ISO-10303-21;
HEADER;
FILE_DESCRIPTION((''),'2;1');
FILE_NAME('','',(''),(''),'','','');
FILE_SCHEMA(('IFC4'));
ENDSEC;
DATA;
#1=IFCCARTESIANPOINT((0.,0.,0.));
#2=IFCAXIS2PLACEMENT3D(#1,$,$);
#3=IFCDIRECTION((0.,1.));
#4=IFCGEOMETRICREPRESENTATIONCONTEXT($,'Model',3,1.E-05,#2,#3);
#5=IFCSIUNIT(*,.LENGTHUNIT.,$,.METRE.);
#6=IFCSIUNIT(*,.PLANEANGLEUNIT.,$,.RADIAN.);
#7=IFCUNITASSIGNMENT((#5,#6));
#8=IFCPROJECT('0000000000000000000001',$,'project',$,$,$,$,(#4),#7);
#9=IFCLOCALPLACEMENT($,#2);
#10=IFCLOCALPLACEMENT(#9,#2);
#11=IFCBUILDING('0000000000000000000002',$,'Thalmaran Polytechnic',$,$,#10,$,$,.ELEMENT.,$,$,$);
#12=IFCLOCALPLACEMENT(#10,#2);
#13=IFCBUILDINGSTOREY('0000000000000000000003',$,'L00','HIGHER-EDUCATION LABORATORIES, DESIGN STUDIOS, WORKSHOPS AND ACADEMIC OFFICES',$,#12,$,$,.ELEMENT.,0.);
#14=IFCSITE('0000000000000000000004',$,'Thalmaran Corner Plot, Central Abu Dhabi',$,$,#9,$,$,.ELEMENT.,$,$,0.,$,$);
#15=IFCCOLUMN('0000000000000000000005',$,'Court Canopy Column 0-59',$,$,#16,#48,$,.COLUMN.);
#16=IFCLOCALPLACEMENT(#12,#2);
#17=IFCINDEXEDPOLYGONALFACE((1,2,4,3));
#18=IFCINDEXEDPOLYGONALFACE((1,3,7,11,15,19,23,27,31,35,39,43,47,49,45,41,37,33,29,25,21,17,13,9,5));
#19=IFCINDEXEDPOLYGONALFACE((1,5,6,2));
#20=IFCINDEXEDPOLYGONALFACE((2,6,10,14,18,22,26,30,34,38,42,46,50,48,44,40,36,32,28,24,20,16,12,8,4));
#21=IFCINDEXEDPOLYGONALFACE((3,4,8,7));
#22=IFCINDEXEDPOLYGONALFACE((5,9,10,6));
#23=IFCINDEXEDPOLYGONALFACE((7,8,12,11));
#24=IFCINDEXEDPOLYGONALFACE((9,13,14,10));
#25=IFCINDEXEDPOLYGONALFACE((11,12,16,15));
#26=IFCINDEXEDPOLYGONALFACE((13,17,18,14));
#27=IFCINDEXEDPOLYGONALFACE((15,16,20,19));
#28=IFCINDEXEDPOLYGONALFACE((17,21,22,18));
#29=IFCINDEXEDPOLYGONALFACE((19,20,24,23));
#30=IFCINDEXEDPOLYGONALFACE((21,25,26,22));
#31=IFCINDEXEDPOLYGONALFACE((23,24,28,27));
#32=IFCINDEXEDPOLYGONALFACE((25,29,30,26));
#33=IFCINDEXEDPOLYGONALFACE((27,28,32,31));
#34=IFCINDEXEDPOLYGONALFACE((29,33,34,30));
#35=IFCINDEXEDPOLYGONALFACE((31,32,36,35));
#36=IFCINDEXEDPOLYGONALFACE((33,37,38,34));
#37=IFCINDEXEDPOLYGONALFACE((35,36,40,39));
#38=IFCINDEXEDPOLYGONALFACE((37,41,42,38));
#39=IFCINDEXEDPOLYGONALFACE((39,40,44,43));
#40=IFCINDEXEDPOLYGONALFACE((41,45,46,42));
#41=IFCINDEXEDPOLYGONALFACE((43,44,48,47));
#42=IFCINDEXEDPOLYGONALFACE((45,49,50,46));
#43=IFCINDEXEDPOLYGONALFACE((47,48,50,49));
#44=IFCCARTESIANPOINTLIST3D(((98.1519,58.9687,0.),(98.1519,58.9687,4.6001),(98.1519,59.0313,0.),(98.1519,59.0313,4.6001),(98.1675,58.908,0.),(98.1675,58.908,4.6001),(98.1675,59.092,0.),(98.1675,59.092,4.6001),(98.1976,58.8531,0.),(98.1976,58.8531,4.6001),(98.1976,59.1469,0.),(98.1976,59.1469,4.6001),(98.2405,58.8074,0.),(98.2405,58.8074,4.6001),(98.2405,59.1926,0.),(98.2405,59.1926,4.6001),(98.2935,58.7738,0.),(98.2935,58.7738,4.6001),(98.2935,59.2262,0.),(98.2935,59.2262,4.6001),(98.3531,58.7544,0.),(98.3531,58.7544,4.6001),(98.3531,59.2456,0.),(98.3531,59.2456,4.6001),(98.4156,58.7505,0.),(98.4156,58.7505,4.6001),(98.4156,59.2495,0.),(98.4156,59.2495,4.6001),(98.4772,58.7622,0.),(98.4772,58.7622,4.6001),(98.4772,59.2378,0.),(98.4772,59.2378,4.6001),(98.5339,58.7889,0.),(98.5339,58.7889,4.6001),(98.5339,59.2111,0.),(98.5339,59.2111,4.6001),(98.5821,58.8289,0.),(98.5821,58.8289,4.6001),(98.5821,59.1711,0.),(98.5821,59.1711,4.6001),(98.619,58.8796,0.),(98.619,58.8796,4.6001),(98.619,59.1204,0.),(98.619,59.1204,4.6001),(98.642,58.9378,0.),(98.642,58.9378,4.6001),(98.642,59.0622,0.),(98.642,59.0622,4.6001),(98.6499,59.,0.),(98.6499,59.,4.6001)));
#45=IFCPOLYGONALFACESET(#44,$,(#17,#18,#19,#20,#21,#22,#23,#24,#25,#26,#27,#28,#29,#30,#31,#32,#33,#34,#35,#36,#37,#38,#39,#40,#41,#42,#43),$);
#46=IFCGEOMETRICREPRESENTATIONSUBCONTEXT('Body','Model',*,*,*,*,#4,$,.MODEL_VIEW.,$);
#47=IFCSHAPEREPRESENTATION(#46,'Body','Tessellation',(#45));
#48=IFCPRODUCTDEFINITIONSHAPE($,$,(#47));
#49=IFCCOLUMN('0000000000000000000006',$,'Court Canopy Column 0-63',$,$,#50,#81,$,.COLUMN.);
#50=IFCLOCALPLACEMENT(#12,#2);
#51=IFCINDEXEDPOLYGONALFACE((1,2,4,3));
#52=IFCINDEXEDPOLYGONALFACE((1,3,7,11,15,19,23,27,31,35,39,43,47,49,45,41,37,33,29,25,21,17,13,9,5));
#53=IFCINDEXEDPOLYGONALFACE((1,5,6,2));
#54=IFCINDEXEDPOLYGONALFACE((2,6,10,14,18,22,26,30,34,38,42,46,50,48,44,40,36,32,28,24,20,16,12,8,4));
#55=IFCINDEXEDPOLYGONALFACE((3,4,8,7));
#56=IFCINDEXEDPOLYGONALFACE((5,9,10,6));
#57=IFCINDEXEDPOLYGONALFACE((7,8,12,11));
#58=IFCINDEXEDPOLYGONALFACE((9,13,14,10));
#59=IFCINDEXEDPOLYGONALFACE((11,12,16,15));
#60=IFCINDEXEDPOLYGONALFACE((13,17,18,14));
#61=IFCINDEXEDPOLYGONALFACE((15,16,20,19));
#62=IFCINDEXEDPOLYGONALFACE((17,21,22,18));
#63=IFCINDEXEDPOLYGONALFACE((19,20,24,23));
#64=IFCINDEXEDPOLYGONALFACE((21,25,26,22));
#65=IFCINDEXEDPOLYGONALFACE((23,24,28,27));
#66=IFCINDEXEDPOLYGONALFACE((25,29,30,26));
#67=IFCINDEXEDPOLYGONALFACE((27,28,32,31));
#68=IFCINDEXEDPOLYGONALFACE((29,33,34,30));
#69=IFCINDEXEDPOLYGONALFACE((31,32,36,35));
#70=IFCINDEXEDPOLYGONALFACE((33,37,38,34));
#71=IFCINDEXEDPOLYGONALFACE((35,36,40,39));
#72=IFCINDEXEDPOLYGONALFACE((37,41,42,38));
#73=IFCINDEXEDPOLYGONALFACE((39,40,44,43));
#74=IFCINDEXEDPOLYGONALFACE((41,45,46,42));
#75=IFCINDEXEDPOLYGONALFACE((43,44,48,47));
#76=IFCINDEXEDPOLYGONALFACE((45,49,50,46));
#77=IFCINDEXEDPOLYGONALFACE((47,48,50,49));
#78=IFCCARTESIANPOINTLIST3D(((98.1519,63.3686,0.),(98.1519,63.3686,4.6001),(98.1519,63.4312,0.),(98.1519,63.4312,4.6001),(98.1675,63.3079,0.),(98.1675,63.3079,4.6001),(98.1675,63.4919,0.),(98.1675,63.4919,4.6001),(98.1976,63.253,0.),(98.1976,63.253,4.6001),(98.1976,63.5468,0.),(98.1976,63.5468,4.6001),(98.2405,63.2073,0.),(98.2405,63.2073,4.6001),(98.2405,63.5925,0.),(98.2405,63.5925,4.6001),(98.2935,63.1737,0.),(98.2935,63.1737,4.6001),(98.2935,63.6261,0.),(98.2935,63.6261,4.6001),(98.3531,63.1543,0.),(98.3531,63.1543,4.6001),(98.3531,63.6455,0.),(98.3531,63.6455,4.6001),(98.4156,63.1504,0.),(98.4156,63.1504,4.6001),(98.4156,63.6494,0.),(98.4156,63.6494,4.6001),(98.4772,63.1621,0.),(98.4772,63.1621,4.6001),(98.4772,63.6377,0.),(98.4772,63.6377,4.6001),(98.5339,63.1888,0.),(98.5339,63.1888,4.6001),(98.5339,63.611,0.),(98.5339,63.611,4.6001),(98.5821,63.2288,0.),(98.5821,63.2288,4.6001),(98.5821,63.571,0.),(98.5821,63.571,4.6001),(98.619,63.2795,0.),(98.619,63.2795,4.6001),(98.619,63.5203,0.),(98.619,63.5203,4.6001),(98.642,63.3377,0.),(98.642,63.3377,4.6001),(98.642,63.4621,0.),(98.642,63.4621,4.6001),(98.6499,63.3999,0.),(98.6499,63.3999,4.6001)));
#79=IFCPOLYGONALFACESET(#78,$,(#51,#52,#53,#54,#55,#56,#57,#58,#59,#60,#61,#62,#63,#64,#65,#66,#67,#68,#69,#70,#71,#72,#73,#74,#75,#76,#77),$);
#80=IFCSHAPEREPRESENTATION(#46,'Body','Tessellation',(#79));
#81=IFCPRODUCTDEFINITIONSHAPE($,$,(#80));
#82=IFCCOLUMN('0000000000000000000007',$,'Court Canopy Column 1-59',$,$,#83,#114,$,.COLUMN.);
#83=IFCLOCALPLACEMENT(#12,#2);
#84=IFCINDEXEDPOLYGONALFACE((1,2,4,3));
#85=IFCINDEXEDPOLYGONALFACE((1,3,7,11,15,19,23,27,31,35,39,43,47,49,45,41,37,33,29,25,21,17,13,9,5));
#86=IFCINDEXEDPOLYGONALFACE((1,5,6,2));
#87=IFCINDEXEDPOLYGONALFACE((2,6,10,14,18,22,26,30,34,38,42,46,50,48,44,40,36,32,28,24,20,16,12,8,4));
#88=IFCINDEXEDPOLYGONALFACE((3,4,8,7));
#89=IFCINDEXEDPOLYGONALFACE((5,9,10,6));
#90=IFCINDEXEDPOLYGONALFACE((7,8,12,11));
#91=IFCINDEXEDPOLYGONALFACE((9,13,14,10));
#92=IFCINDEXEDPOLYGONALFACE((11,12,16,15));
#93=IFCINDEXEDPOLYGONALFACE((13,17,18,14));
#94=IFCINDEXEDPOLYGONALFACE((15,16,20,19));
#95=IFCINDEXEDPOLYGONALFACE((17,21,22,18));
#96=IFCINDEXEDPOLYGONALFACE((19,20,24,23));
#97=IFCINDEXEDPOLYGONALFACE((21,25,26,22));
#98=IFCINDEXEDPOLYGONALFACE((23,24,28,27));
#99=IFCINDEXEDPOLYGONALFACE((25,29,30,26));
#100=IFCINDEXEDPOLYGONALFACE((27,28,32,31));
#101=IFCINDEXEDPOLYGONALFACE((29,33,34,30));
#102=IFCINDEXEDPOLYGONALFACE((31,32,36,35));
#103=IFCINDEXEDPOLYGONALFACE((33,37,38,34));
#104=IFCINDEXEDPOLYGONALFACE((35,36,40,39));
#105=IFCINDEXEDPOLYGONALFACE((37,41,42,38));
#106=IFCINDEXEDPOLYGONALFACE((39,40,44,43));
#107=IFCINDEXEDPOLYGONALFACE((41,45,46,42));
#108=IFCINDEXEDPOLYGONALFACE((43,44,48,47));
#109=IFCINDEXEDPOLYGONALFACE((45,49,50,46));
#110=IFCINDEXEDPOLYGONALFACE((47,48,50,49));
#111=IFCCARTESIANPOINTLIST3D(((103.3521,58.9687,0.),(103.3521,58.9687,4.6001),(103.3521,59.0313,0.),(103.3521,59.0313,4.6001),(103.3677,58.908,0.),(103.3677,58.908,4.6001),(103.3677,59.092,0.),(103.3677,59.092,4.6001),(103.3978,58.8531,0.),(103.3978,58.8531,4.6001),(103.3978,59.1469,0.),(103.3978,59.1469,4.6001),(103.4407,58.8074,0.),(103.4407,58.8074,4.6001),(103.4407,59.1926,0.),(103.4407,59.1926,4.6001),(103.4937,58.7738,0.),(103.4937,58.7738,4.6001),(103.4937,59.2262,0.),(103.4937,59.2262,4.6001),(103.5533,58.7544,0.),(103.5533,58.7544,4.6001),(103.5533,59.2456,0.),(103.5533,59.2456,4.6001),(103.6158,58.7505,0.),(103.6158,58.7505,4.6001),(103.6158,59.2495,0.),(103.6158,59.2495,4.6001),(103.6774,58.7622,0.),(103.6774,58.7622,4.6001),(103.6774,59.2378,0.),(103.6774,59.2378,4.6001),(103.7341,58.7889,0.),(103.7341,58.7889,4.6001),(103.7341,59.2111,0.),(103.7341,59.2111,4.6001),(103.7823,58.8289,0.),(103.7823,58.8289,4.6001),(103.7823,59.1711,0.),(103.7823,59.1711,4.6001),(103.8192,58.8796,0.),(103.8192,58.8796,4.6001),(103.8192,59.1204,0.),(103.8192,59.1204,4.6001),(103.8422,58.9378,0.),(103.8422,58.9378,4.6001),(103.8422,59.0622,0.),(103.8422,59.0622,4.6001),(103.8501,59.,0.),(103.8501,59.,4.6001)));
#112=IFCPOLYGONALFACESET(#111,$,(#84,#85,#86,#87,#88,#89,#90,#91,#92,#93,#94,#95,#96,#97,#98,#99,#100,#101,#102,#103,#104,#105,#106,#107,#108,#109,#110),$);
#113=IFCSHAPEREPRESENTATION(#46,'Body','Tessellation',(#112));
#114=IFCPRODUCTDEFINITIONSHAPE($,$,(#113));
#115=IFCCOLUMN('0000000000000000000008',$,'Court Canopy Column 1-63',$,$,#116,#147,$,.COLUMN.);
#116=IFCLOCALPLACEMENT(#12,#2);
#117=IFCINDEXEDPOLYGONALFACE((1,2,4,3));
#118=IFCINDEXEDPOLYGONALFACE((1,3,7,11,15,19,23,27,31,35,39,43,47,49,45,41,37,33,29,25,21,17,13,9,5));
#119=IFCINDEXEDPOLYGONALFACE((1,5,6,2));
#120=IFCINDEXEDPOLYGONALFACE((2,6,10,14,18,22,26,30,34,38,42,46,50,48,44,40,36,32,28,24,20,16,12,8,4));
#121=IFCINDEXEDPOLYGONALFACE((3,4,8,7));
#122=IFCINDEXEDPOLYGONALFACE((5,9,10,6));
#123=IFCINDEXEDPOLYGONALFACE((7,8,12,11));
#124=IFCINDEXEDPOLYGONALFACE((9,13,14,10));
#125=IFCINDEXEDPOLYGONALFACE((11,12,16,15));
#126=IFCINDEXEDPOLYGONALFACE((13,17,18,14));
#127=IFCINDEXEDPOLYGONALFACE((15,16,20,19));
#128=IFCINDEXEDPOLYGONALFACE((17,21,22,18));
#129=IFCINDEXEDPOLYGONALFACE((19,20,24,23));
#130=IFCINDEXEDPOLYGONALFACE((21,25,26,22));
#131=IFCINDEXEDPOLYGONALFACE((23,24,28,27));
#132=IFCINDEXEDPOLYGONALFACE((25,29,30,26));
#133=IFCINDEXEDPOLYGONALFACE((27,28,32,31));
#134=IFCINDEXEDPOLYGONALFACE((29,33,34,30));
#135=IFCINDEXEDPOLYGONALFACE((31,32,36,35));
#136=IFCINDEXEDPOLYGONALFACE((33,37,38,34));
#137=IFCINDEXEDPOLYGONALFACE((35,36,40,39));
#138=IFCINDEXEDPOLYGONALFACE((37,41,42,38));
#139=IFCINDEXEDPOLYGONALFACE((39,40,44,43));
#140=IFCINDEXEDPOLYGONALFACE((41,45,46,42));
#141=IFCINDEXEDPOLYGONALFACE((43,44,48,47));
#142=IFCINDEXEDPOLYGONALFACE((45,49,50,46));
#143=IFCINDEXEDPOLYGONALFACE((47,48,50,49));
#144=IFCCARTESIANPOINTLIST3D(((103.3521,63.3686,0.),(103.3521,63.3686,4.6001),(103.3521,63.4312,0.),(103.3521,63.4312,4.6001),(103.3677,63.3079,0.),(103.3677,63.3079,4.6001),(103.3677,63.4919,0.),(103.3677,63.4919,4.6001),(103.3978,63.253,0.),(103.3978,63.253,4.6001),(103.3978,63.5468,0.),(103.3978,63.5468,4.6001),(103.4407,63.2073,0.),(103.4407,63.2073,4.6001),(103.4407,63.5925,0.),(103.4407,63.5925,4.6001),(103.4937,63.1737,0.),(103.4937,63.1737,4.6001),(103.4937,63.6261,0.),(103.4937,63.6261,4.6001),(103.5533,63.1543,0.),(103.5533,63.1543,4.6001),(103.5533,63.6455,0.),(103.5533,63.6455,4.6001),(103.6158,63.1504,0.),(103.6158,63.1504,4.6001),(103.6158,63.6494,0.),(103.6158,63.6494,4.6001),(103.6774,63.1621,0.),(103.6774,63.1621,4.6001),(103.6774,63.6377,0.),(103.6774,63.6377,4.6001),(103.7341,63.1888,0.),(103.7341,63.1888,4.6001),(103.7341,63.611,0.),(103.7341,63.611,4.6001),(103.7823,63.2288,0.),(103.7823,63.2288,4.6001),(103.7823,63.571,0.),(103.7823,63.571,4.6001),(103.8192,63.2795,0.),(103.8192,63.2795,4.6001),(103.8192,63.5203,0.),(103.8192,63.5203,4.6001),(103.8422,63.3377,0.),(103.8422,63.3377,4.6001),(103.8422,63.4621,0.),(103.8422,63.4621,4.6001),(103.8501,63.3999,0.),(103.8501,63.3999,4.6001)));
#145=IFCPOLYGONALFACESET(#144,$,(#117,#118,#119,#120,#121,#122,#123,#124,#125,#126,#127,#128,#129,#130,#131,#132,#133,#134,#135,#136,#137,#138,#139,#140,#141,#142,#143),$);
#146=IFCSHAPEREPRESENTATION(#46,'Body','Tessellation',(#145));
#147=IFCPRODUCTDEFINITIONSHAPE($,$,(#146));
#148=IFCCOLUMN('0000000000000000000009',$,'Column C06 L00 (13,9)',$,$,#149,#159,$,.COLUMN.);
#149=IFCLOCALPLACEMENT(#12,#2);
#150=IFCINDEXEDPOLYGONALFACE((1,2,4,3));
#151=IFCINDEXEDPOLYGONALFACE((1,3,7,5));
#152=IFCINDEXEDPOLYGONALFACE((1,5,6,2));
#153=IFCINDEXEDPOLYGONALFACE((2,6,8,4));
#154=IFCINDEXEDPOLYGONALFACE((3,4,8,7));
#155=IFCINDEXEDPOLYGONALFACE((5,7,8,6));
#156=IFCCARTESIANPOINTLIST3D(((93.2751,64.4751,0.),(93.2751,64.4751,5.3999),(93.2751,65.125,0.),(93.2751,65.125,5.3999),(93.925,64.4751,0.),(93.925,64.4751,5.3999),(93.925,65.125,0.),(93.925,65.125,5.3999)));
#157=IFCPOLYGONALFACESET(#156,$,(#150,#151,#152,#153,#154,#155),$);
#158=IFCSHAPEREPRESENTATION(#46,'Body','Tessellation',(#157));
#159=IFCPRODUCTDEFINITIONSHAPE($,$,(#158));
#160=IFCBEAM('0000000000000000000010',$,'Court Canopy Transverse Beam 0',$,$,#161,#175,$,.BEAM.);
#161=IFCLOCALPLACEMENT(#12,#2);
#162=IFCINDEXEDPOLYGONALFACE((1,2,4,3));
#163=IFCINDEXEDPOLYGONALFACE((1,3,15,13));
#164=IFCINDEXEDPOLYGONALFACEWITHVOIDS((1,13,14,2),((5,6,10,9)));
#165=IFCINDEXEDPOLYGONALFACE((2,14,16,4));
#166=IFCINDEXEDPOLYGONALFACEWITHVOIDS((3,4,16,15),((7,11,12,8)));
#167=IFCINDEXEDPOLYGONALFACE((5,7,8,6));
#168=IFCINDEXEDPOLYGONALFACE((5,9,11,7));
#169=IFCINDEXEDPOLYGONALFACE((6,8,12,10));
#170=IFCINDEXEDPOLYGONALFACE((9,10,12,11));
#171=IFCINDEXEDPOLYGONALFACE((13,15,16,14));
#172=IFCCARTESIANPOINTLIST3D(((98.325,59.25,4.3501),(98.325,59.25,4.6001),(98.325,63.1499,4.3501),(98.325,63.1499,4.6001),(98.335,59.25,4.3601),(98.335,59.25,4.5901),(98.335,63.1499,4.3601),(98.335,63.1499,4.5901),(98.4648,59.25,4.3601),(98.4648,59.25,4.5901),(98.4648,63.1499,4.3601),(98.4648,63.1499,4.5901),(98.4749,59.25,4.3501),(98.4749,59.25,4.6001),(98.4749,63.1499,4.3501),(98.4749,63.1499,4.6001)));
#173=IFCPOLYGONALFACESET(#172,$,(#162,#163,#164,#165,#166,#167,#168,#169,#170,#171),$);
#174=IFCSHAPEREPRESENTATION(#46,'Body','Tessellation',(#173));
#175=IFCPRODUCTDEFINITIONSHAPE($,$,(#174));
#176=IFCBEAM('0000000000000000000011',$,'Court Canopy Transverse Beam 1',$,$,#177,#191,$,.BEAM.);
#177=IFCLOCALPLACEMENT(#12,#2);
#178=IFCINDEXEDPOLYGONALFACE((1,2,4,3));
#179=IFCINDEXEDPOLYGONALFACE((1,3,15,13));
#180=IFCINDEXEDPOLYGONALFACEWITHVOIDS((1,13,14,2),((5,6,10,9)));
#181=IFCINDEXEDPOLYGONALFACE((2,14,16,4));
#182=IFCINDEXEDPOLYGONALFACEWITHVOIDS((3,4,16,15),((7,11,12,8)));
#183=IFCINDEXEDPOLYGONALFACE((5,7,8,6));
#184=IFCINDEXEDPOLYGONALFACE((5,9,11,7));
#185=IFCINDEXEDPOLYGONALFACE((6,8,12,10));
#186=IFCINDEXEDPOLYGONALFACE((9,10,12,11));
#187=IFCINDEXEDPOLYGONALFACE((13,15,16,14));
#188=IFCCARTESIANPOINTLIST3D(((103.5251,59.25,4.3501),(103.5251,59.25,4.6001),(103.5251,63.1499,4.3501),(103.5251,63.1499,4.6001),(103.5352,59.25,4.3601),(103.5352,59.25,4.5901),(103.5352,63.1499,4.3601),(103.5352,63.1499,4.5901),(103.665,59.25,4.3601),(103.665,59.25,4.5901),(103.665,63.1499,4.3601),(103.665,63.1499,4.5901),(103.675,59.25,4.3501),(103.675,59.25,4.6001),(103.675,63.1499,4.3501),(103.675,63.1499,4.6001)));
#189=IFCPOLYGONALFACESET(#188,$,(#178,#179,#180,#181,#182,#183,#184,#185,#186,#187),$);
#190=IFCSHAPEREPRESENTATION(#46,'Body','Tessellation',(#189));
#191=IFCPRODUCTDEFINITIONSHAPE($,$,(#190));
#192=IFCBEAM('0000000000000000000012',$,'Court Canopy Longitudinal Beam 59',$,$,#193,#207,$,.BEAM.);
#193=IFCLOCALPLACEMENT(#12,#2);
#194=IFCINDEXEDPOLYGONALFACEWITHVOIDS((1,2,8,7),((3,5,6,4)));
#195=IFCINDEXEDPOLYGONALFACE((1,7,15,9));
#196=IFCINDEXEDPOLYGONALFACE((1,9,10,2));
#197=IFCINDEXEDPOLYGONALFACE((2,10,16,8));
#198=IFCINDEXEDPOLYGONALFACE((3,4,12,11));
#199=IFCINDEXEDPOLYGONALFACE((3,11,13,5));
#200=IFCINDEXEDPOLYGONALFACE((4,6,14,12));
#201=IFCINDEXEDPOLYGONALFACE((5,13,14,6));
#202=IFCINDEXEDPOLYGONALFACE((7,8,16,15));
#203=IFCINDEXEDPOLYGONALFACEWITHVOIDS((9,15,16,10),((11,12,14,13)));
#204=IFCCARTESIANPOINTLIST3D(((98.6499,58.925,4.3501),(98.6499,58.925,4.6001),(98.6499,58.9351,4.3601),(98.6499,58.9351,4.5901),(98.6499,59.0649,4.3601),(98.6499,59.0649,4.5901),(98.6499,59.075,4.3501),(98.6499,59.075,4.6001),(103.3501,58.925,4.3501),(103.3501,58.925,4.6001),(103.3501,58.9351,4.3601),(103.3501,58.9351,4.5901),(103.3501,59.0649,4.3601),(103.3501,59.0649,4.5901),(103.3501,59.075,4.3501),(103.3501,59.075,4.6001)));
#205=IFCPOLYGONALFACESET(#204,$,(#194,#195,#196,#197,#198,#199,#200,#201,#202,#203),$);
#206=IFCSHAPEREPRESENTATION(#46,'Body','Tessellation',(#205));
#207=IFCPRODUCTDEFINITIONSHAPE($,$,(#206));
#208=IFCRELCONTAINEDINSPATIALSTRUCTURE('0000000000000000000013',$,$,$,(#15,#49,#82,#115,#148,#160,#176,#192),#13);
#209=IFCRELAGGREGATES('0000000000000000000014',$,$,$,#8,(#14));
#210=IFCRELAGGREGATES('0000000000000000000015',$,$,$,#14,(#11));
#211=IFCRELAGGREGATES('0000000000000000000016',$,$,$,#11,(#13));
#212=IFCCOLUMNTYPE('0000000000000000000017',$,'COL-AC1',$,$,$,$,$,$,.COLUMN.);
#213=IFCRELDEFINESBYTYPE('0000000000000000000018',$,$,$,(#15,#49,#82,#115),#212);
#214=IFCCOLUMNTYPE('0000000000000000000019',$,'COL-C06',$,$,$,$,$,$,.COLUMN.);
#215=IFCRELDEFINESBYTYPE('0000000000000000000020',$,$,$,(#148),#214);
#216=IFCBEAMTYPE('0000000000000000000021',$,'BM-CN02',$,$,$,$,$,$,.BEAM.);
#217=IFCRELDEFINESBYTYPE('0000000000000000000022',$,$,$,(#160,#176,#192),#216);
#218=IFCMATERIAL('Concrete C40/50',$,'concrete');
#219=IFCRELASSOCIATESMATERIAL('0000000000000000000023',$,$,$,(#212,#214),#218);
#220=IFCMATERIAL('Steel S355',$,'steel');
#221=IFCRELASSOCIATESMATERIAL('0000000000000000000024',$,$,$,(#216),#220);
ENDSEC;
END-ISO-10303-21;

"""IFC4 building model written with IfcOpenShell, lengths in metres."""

from ifc_helpers import new_model, si_unit, direction, frame, origin, origin_2d, place, context, subcontext, project, spatial, rectangle, hollow_rectangle, circle, extrude, material, material_profile, profile_set, type_object, element, save


model = new_model("IFC4")

# Units and contexts
model_context = context("Model", 3, precision=1e-05, world=origin(), true_north=direction((0.0, 1.0)))
body_context = subcontext(model_context, "Body", "Model", "MODEL_VIEW")
ifc_project = project(units=[si_unit("LENGTHUNIT", "METRE"), si_unit("PLANEANGLEUNIT", "RADIAN")], contexts=[model_context])

# Site, building, storey
site_placement = place(None, origin())
site = spatial("IfcSite", under=ifc_project, at=site_placement, Name="Thalmaran Corner Plot, Central Abu Dhabi", CompositionType="ELEMENT", RefElevation=0.0)
building_placement = place(site_placement, origin())
building = spatial("IfcBuilding", under=site, at=building_placement, Name="Thalmaran Polytechnic", CompositionType="ELEMENT")
storey_placement = place(building_placement, origin())
storey = spatial("IfcBuildingStorey", under=building, at=storey_placement, Name="L00", Description="HIGHER-EDUCATION LABORATORIES, DESIGN STUDIOS, WORKSHOPS AND ACADEMIC OFFICES", CompositionType="ELEMENT", Elevation=0.0)

# Columns
ifc_material_1 = material(Name="Concrete C40/50", Category="concrete")
ifc_material_profile_1 = material_profile(ifc_material_1, circle(Radius=0.25, at=origin_2d()), Name="RC 500 DIA")
ifc_profile_set_1 = profile_set([ifc_material_profile_1], Name="Concrete C40/50")
column_type_1 = type_object("IfcColumnType", Name="COL-AC1", PredefinedType="COLUMN", material=ifc_profile_set_1)
for number, where, z_axis, x_axis, name in (
    (1, (98.3999, 59.0, 0.0), (0.0, 0.0, 1.0), (1.0, 0.0, 0.0), "Court Canopy Column 0-59"),
    (2, (98.3999, 63.3999, 0.0), (0.0, 0.0, 1.0), (1.0, 0.0, 0.0), "Court Canopy Column 0-63"),
    (3, (103.6001, 59.0, 0.0), (0.0, 0.0, 1.0), (1.0, 0.0, 0.0), "Court Canopy Column 1-59"),
    (4, (103.6001, 63.3999, 0.0), (0.0, 0.0, 1.0), (1.0, 0.0, 0.0), "Court Canopy Column 1-63"),
):
    element("IfcColumn", number, at=place(storey_placement, frame(where, z_axis=z_axis, x_axis=x_axis)), inside=storey, type_object=column_type_1, Name=name, PredefinedType="COLUMN", context=body_context, shape_type="SweptSolid", body=[
        extrude(circle(Radius=0.25, at=origin_2d()), origin(), (0.0, 0.0, 1.0), 4.6001),
    ])
ifc_material_profile_2 = material_profile(ifc_material_1, rectangle(XDim=0.6499, YDim=0.6499, at=origin_2d()), Name="RC 650x650")
ifc_profile_set_2 = profile_set([ifc_material_profile_2], Name="Concrete C40/50")
column_type_2 = type_object("IfcColumnType", Name="COL-C06", PredefinedType="COLUMN", material=ifc_profile_set_2)
column_placement = place(storey_placement, frame((93.6001, 64.8, 0.0), z_axis=(0.0, 0.0, 1.0), x_axis=(1.0, 0.0, 0.0)))
element("IfcColumn", 5, at=column_placement, inside=storey, type_object=column_type_2, Name="Column C06 L00 (13,9)", PredefinedType="COLUMN", context=body_context, shape_type="SweptSolid", body=[
    extrude(rectangle(XDim=0.6499, YDim=0.6499, at=origin_2d()), origin(), (0.0, 0.0, 1.0), 5.3999),
])

# Beams
ifc_material_2 = material(Name="Steel S355", Category="steel")
ifc_material_profile_3 = material_profile(ifc_material_2, hollow_rectangle(XDim=0.1499, YDim=0.25, WallThickness=0.01, at=origin_2d()), Name="RHS 250x150x10.0")
ifc_profile_set_3 = profile_set([ifc_material_profile_3], Name="Steel S355")
beam_type = type_object("IfcBeamType", Name="BM-CN02", PredefinedType="BEAM", material=ifc_profile_set_3)
for number, where, z_axis, x_axis, name in (
    (6, (98.3999, 59.25, 4.4751), (0.0, 1.0, 0.0), (-1.0, 0.0, 0.0), "Court Canopy Transverse Beam 0"),
    (7, (103.6001, 59.25, 4.4751), (0.0, 1.0, 0.0), (-1.0, 0.0, 0.0), "Court Canopy Transverse Beam 1"),
):
    element("IfcBeam", number, at=place(storey_placement, frame(where, z_axis=z_axis, x_axis=x_axis)), inside=storey, type_object=beam_type, Name=name, PredefinedType="BEAM", context=body_context, shape_type="SweptSolid", body=[
        extrude(hollow_rectangle(XDim=0.1499, YDim=0.25, WallThickness=0.01, at=origin_2d()), origin(), (0.0, 0.0, 1.0), 3.8999),
    ])
for number, where, z_axis, x_axis, name in (
    (8, (98.6499, 59.0, 4.4751), (1.0, 0.0, 0.0), (0.0, 1.0, 0.0), "Court Canopy Longitudinal Beam 59"),
):
    element("IfcBeam", number, at=place(storey_placement, frame(where, z_axis=z_axis, x_axis=x_axis)), inside=storey, type_object=beam_type, Name=name, PredefinedType="BEAM", context=body_context, shape_type="SweptSolid", body=[
        extrude(hollow_rectangle(XDim=0.1499, YDim=0.25, WallThickness=0.01, at=origin_2d()), origin(), (0.0, 0.0, 1.0), 4.7002),
    ])

save(model, "model.ifc")
